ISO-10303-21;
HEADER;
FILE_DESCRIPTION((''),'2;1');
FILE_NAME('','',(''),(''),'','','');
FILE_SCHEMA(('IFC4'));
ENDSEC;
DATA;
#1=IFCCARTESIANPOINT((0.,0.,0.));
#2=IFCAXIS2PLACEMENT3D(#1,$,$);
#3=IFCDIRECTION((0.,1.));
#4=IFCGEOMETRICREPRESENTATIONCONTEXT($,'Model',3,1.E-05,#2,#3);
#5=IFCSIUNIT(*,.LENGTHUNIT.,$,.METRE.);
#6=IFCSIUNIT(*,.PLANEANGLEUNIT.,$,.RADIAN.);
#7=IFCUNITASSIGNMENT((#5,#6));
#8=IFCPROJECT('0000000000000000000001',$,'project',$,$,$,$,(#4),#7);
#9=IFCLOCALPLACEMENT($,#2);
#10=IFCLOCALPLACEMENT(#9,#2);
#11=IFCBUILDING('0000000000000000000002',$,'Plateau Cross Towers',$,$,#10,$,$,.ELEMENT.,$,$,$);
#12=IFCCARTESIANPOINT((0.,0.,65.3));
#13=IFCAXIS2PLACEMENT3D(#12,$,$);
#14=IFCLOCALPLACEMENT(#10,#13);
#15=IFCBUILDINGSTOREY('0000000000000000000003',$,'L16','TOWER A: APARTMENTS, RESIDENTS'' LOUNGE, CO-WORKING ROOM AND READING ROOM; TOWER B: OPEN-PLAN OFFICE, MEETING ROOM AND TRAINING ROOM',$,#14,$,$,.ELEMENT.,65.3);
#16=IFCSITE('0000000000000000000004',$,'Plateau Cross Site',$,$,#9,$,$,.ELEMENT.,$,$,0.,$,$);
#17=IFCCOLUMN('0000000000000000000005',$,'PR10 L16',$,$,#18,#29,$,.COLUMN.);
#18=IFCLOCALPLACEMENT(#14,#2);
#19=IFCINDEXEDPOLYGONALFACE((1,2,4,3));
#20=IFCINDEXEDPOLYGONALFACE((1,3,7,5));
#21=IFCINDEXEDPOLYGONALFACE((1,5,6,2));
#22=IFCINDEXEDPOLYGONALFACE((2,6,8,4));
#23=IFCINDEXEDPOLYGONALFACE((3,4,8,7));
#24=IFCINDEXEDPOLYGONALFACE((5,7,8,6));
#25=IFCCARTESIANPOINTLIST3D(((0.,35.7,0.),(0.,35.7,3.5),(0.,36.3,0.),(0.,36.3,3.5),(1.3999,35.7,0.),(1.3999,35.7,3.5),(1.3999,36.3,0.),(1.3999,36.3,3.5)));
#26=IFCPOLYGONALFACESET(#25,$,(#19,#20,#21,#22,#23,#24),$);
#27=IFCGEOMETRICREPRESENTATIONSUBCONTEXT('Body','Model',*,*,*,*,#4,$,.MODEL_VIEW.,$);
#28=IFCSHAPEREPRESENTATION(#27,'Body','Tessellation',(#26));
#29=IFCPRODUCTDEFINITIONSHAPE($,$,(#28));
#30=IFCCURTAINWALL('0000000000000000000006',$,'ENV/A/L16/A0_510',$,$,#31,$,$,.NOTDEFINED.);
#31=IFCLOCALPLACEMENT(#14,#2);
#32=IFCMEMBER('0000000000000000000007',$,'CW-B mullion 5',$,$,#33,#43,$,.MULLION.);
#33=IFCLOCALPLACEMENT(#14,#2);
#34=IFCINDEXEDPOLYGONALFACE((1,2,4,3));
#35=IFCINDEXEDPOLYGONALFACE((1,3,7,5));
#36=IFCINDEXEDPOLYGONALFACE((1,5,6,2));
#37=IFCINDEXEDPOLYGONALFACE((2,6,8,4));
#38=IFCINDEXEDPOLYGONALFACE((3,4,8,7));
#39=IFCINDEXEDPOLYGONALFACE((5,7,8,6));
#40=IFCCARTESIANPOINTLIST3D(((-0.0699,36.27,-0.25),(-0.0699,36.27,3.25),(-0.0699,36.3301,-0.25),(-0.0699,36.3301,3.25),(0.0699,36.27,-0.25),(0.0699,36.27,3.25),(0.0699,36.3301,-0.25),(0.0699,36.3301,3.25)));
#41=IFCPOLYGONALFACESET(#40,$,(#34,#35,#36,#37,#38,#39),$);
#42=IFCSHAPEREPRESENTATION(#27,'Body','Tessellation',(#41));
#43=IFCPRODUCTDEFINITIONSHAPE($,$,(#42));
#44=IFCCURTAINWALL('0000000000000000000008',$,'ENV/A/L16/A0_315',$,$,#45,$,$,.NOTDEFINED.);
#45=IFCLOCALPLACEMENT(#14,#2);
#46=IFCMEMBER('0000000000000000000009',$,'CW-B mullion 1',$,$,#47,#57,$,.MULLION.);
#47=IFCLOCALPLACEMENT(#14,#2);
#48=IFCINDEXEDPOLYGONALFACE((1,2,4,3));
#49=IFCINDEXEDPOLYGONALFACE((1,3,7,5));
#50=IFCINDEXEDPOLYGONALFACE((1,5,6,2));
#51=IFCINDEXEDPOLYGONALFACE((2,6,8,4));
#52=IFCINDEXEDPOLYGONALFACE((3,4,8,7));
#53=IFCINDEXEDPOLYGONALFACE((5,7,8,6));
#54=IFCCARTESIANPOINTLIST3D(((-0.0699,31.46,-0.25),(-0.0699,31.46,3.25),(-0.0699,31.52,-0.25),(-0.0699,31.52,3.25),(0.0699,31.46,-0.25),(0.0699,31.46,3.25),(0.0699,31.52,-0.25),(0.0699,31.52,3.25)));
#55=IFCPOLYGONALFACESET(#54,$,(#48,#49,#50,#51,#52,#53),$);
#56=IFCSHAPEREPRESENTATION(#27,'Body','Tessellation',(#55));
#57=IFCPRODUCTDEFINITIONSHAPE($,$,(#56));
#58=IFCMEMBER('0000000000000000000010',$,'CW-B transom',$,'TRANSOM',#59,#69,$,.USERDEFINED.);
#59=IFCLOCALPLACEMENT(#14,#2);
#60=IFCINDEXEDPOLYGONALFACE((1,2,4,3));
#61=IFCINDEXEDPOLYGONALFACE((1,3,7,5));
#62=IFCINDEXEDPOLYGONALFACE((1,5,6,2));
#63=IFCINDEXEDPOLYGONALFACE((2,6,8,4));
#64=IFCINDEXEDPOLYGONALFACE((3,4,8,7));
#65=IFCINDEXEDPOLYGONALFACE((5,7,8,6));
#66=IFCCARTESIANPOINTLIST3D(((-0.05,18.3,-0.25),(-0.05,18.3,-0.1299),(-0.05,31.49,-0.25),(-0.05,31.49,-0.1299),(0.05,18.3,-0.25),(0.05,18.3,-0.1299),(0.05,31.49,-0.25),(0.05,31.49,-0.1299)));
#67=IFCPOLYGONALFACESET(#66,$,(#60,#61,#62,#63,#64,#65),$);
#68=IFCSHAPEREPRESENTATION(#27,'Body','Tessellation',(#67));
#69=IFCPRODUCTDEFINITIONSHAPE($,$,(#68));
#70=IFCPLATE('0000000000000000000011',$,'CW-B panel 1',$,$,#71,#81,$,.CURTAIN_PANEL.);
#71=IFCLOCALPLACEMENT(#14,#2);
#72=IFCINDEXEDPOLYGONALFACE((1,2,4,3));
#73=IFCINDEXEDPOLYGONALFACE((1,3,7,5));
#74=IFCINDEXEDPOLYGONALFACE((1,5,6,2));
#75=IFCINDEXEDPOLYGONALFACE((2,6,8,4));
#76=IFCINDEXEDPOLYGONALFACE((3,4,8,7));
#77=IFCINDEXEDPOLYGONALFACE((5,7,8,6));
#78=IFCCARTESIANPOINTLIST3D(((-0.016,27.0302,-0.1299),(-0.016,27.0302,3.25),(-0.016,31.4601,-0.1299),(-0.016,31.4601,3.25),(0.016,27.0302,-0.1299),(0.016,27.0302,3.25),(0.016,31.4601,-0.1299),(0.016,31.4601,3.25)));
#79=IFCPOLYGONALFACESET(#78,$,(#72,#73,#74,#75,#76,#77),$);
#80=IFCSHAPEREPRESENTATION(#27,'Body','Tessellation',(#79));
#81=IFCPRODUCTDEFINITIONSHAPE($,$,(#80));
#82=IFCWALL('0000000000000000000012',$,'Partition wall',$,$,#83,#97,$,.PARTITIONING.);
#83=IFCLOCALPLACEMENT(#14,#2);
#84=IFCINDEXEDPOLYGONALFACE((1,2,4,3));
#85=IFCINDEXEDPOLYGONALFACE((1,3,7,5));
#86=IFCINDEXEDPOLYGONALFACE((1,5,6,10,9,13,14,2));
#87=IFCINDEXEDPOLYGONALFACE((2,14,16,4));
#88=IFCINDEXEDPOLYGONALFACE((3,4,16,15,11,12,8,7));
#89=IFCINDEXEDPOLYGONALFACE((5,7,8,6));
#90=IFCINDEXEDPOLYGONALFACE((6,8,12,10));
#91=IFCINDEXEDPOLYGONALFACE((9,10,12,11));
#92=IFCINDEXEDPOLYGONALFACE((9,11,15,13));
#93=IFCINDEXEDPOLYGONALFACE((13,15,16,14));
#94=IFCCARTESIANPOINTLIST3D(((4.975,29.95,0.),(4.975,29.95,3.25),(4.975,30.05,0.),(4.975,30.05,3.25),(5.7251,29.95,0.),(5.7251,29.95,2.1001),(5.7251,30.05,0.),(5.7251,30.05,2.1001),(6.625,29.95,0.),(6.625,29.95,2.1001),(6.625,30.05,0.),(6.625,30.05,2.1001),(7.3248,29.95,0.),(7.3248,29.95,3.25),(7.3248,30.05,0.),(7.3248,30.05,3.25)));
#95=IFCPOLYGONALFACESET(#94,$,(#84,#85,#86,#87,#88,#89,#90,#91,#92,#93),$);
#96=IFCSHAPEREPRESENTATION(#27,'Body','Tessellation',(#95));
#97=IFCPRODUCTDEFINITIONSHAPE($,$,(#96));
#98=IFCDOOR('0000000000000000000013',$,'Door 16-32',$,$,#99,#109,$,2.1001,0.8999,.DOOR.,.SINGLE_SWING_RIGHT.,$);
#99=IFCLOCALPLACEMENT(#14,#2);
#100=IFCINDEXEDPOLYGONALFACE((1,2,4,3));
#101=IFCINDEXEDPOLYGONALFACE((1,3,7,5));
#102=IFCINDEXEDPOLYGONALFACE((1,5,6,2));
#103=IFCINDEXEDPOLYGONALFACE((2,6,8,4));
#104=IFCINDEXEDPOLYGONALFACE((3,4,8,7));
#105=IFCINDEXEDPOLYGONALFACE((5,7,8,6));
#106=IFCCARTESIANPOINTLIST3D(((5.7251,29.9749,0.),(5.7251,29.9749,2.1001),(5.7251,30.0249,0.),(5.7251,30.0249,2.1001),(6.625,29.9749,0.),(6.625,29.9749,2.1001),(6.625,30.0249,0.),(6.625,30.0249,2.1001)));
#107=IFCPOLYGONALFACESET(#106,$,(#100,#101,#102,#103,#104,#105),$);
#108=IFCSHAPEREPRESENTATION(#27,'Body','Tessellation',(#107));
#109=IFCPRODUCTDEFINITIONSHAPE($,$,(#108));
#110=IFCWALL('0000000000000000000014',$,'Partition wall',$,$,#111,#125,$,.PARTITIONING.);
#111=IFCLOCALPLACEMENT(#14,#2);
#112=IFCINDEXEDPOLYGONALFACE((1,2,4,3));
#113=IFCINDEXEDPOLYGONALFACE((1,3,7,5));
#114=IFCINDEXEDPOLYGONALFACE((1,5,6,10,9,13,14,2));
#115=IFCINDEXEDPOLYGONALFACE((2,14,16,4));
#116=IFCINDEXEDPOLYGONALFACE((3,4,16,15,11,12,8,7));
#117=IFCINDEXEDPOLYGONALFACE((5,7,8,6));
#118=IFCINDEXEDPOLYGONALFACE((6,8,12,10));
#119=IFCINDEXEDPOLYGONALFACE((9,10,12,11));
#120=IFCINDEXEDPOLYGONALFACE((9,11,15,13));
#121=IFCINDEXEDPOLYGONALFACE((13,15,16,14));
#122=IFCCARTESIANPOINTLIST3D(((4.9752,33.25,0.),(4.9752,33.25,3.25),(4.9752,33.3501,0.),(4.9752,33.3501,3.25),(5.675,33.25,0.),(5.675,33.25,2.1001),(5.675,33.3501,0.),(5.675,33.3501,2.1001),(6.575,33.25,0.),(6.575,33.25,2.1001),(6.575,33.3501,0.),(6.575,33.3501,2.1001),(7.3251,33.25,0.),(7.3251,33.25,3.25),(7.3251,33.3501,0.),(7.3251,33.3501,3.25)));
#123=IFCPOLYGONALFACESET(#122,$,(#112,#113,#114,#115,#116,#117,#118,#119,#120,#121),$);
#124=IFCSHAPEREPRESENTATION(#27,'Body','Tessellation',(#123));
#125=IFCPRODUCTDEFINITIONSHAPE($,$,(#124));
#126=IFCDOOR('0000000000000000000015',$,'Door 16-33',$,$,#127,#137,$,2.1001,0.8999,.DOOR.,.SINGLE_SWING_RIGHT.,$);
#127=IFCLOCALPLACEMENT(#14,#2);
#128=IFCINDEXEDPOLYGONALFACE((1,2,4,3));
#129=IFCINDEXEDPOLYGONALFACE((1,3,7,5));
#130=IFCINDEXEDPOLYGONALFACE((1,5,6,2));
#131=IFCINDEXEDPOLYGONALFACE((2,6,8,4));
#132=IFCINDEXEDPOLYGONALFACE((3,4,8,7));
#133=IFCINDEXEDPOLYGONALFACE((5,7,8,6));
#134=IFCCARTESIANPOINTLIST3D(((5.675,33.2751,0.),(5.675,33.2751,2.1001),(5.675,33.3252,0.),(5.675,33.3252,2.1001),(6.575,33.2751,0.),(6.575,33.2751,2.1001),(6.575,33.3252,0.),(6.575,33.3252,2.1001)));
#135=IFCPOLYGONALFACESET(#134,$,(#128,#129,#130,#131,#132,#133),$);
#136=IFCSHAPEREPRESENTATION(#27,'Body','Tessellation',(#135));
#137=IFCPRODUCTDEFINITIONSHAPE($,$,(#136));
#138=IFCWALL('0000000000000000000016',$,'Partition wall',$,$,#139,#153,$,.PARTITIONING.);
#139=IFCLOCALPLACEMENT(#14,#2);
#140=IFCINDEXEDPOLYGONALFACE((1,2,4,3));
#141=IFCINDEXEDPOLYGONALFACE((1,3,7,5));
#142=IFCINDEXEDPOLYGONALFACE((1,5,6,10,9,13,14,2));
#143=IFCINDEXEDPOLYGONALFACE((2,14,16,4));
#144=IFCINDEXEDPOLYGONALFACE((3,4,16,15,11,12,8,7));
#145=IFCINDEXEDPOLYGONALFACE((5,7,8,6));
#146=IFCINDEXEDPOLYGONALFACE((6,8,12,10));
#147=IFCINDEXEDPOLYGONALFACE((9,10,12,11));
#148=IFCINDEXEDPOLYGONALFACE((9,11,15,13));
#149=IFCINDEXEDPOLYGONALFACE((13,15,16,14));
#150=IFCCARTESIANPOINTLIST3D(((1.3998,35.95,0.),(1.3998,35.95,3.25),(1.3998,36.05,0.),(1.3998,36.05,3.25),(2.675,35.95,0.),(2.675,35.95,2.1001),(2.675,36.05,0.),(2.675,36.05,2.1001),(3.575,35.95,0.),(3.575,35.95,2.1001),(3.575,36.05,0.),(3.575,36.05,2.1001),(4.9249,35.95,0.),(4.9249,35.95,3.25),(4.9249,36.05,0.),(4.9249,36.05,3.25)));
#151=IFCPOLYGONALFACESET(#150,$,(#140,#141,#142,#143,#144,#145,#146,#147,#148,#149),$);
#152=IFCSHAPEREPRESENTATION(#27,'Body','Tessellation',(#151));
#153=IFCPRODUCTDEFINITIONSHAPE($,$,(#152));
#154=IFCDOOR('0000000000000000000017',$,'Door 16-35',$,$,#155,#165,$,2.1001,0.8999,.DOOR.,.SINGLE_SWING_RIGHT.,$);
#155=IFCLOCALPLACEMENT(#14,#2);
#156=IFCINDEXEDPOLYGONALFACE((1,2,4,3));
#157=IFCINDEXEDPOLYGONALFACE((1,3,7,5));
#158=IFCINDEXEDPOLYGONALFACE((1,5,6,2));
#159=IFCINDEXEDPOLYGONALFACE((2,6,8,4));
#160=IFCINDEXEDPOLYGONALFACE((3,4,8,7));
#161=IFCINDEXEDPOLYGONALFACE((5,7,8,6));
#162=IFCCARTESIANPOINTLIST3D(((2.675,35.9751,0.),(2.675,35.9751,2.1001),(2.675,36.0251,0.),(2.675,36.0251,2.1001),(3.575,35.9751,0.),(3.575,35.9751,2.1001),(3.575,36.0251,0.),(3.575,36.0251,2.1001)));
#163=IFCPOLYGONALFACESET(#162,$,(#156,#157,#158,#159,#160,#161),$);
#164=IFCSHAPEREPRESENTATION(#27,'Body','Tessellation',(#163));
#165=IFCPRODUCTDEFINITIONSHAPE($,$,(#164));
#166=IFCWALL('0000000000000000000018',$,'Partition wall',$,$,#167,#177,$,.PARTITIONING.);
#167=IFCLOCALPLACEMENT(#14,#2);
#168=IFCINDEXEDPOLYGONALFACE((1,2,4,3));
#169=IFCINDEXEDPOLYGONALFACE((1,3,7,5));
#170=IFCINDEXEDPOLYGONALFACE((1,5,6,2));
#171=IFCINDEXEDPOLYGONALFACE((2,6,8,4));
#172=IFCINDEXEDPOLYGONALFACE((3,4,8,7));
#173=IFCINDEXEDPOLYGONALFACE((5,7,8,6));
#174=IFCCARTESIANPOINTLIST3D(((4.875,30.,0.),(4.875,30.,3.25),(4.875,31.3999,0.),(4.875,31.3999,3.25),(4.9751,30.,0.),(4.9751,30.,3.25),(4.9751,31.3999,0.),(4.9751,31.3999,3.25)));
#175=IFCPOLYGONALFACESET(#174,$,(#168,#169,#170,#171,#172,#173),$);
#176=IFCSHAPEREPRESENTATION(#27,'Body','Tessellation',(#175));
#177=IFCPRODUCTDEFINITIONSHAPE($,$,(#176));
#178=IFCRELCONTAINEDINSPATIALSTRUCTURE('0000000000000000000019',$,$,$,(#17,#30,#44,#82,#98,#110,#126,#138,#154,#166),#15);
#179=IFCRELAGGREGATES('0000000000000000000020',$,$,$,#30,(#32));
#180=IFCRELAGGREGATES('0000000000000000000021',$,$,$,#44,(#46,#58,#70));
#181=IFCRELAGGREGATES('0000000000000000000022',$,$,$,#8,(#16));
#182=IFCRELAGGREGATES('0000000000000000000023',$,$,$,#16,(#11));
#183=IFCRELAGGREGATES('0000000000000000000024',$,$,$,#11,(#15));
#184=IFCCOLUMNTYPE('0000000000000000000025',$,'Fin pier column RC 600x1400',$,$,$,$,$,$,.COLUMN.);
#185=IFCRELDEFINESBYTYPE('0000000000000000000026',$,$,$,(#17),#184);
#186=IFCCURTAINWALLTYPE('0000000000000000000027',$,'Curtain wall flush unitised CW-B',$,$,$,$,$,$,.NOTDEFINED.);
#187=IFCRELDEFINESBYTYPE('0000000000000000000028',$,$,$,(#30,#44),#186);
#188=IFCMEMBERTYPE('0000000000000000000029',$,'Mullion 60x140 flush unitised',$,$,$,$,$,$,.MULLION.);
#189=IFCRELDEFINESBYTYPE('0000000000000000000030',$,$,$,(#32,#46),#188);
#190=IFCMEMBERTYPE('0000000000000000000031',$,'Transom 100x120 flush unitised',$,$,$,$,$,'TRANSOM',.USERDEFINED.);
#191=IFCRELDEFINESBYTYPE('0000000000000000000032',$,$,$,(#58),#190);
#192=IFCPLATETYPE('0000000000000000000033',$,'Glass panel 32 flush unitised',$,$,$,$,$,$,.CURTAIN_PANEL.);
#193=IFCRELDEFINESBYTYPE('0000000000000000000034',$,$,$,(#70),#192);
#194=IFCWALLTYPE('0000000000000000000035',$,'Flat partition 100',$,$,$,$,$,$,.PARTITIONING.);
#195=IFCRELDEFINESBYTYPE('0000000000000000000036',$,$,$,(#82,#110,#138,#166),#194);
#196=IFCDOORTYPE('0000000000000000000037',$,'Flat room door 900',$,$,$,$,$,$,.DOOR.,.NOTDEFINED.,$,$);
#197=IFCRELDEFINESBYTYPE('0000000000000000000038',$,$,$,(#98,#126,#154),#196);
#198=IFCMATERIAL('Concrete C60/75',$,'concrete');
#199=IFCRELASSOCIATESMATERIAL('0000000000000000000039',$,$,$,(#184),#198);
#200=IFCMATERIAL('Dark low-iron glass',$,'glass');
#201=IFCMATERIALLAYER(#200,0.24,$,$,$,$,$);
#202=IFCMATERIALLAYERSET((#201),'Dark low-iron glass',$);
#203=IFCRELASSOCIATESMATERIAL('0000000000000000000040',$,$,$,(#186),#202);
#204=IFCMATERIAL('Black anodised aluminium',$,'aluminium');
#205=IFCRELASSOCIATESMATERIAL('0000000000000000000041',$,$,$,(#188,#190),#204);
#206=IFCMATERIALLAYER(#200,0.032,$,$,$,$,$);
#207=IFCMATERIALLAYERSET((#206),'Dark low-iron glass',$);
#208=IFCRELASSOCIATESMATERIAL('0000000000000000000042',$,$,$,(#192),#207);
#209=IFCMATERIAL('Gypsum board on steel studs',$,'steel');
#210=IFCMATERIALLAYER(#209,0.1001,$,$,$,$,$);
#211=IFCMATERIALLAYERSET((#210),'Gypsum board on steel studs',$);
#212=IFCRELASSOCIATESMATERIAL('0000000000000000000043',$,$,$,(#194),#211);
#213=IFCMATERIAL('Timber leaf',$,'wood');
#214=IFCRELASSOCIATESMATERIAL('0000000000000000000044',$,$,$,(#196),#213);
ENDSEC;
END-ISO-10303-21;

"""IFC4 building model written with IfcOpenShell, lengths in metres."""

from ifc_helpers import new_model, si_unit, direction, frame, frame_2d, origin, origin_2d, place, context, subcontext, project, spatial, rectangle, extrude, material, layer, layer_set, material_profile, profile_set, type_object, element, fill, aggregate, save


model = new_model("IFC4")

# Units and contexts
model_context = context("Model", 3, precision=1e-05, world=origin(), true_north=direction((0.0, 1.0)))
body_context = subcontext(model_context, "Body", "Model", "MODEL_VIEW")
ifc_project = project(units=[si_unit("LENGTHUNIT", "METRE"), si_unit("PLANEANGLEUNIT", "RADIAN")], contexts=[model_context])

# Site, building, storey
site_placement = place(None, origin())
site = spatial("IfcSite", under=ifc_project, at=site_placement, Name="Plateau Cross Site", CompositionType="ELEMENT", RefElevation=0.0)
building_placement = place(site_placement, origin())
building = spatial("IfcBuilding", under=site, at=building_placement, Name="Plateau Cross Towers", CompositionType="ELEMENT")
storey_placement = place(building_placement, frame((0.0, 0.0, 65.3)))
storey = spatial("IfcBuildingStorey", under=building, at=storey_placement, Name="L16", Description="TOWER A: APARTMENTS, RESIDENTS' LOUNGE, CO-WORKING ROOM AND READING ROOM; TOWER B: OPEN-PLAN OFFICE, MEETING ROOM AND TRAINING ROOM", CompositionType="ELEMENT", Elevation=65.3)

# Column
ifc_material_1 = material(Name="Concrete C60/75", Category="concrete")
ifc_material_profile_1 = material_profile(ifc_material_1, rectangle(XDim=0.6001, YDim=1.3999, at=origin_2d()), Name="RC 600x1400")
ifc_profile_set_1 = profile_set([ifc_material_profile_1], Name="Concrete C60/75")
column_type = type_object("IfcColumnType", Name="Fin pier column RC 600x1400", PredefinedType="COLUMN", material=ifc_profile_set_1)
column_placement = place(storey_placement, frame((0.7, 36.0, 0.0), z_axis=(0.0, 0.0, 1.0), x_axis=(0.0, 1.0, 0.0)))
element("IfcColumn", 1, at=column_placement, inside=storey, type_object=column_type, Name="PR10 L16", PredefinedType="COLUMN", context=body_context, shape_type="SweptSolid", body=[
    extrude(rectangle(XDim=0.6001, YDim=1.3999, at=origin_2d()), origin(), (0.0, 0.0, 1.0), 3.5),
])

# Curtain wall, member
ifc_material_2 = material(Name="Dark low-iron glass", Category="glass")
ifc_layer_1 = layer(ifc_material_2, 0.24)
ifc_layer_set_1 = layer_set([ifc_layer_1], Name="Dark low-iron glass")
curtain_wall_type = type_object("IfcCurtainWallType", Name="Curtain wall flush unitised CW-B", PredefinedType="NOTDEFINED", material=ifc_layer_set_1)
curtain_wall_1_placement = place(storey_placement, origin())
curtain_wall_1 = element("IfcCurtainWall", 2, at=curtain_wall_1_placement, inside=storey, type_object=curtain_wall_type, Name="ENV/A/L16/A0_510", PredefinedType="NOTDEFINED")
ifc_material_3 = material(Name="Black anodised aluminium", Category="aluminium")
ifc_material_profile_2 = material_profile(ifc_material_3, rectangle(XDim=0.0601, YDim=0.1399, at=origin_2d()), Name="MULLION 60x140")
ifc_profile_set_2 = profile_set([ifc_material_profile_2], Name="Black anodised aluminium")
member_type_1 = type_object("IfcMemberType", Name="Mullion 60x140 flush unitised", PredefinedType="MULLION", material=ifc_profile_set_2)
member_1_placement = place(storey_placement, frame((0.0, 36.3, -0.25), z_axis=(0.0, 0.0, 1.0), x_axis=(0.0, -1.0, 0.0)))
member_1 = element("IfcMember", 3, at=member_1_placement, type_object=member_type_1, Name="CW-B mullion 5", PredefinedType="MULLION", context=body_context, shape_type="SweptSolid", body=[
    extrude(rectangle(XDim=0.0601, YDim=0.1399, at=origin_2d()), origin(), (0.0, 0.0, 1.0), 3.5),
])
aggregate(curtain_wall_1, [member_1])

# Curtain wall, members, plate
curtain_wall_2_placement = place(storey_placement, origin())
curtain_wall_2 = element("IfcCurtainWall", 4, at=curtain_wall_2_placement, inside=storey, type_object=curtain_wall_type, Name="ENV/A/L16/A0_315", PredefinedType="NOTDEFINED")
member_2_placement = place(storey_placement, frame((0.0, 31.49, -0.25), z_axis=(0.0, 0.0, 1.0), x_axis=(0.0, -1.0, 0.0)))
member_2 = element("IfcMember", 5, at=member_2_placement, type_object=member_type_1, Name="CW-B mullion 1", PredefinedType="MULLION", context=body_context, shape_type="SweptSolid", body=[
    extrude(rectangle(XDim=0.0601, YDim=0.1399, at=origin_2d()), origin(), (0.0, 0.0, 1.0), 3.5),
])
ifc_material_profile_3 = material_profile(ifc_material_3, rectangle(XDim=0.1001, YDim=0.1201, at=origin_2d()), Name="TRANSOM 100x120")
ifc_profile_set_3 = profile_set([ifc_material_profile_3], Name="Black anodised aluminium")
member_type_2 = type_object("IfcMemberType", Name="Transom 100x120 flush unitised", ElementType="TRANSOM", PredefinedType="USERDEFINED", material=ifc_profile_set_3)
member_3_placement = place(storey_placement, frame((0.0, 31.49, -0.1899), z_axis=(0.0, -1.0, 0.0), x_axis=(1.0, 0.0, 0.0)))
member_3 = element("IfcMember", 6, at=member_3_placement, type_object=member_type_2, Name="CW-B transom", ObjectType="TRANSOM", PredefinedType="USERDEFINED", context=body_context, shape_type="SweptSolid", body=[
    extrude(rectangle(XDim=0.1001, YDim=0.1201, at=origin_2d()), origin(), (0.0, 0.0, 1.0), 13.1899),
])
ifc_layer_2 = layer(ifc_material_2, 0.032)
ifc_layer_set_2 = layer_set([ifc_layer_2], Name="Dark low-iron glass")
plate_type = type_object("IfcPlateType", Name="Glass panel 32 flush unitised", PredefinedType="CURTAIN_PANEL", material=ifc_layer_set_2)
plate_placement = place(storey_placement, frame((0.0, 29.2451, -0.1299), z_axis=(0.0, 0.0, 1.0), x_axis=(0.0, -1.0, 0.0)))
plate = element("IfcPlate", 7, at=plate_placement, type_object=plate_type, Name="CW-B panel 1", PredefinedType="CURTAIN_PANEL", context=body_context, shape_type="SweptSolid", body=[
    extrude(rectangle(XDim=4.4299, YDim=0.032, at=origin_2d()), origin(), (0.0, 0.0, 1.0), 3.3799),
])
aggregate(curtain_wall_2, [member_2, member_3, plate])

# Walls, openings, doors
ifc_material_4 = material(Name="Gypsum board on steel studs", Category="steel")
ifc_layer_3 = layer(ifc_material_4, 0.1001)
ifc_layer_set_3 = layer_set([ifc_layer_3], Name="Gypsum board on steel studs")
wall_type_1 = type_object("IfcWallType", Name="Flat partition 100", PredefinedType="PARTITIONING", material=ifc_layer_set_3)
wall_1_placement = place(storey_placement, frame((4.9751, 30.0, 0.0), z_axis=(0.0, 0.0, 1.0), x_axis=(1.0, 0.0, 0.0)))
wall_1 = element("IfcWall", 8, at=wall_1_placement, inside=storey, type_object=wall_type_1, Name="Partition wall", PredefinedType="PARTITIONING", context=body_context, shape_type="SweptSolid", body=[
    extrude(rectangle(XDim=2.3499, YDim=0.1001, at=frame_2d((1.1748, 0.0))), origin(), (0.0, 0.0, 1.0), 3.25),
])
opening_1_placement = place(wall_1_placement, frame((0.75, 0.0, 0.0)))
opening_1 = element("IfcOpeningElement", 9, at=opening_1_placement, cuts=wall_1, PredefinedType="OPENING", context=body_context, shape_type="SweptSolid", body=[
    extrude(rectangle(XDim=0.8999, YDim=2.1001, at=frame_2d((0.45, 1.05))), frame((0.0, 0.0601, 0.0), z_axis=(0.0, -1.0, 0.0), x_axis=(1.0, 0.0, 0.0)), (0.0, 0.0, 1.0), 0.1201),
])
ifc_material_5 = material(Name="Timber leaf", Category="wood")
door_type_1 = type_object("IfcDoorType", Name="Flat room door 900", OperationType="NOTDEFINED", PredefinedType="DOOR", material=ifc_material_5)
door_1_placement = place(opening_1_placement, origin())
door_1 = element("IfcDoor", 10, at=door_1_placement, inside=storey, type_object=door_type_1, Name="Door 16-32", OperationType="SINGLE_SWING_RIGHT", OverallHeight=2.1001, OverallWidth=0.8999, PredefinedType="DOOR", context=body_context, shape_type="SweptSolid", body=[
    extrude(rectangle(XDim=0.8999, YDim=2.1001, at=frame_2d((0.45, 1.05))), frame((0.0, 0.0249, 0.0), z_axis=(0.0, -1.0, 0.0), x_axis=(1.0, 0.0, 0.0)), (0.0, 0.0, 1.0), 0.05),
])
fill(opening_1, door_1)
wall_2_placement = place(storey_placement, frame((7.325, 33.3, 0.0), z_axis=(0.0, 0.0, 1.0), x_axis=(-1.0, 0.0, 0.0)))
wall_2 = element("IfcWall", 11, at=wall_2_placement, inside=storey, type_object=wall_type_1, Name="Partition wall", PredefinedType="PARTITIONING", context=body_context, shape_type="SweptSolid", body=[
    extrude(rectangle(XDim=2.3499, YDim=0.1001, at=frame_2d((1.1748, 0.0))), origin(), (0.0, 0.0, 1.0), 3.25),
])
opening_2_placement = place(wall_2_placement, frame((0.75, 0.0, 0.0)))
opening_2 = element("IfcOpeningElement", 12, at=opening_2_placement, cuts=wall_2, PredefinedType="OPENING", context=body_context, shape_type="SweptSolid", body=[
    extrude(rectangle(XDim=0.8999, YDim=2.1001, at=frame_2d((0.45, 1.05))), frame((0.0, 0.0601, 0.0), z_axis=(0.0, -1.0, 0.0), x_axis=(1.0, 0.0, 0.0)), (0.0, 0.0, 1.0), 0.1201),
])
door_2_placement = place(opening_2_placement, origin())
door_2 = element("IfcDoor", 13, at=door_2_placement, inside=storey, type_object=door_type_1, Name="Door 16-33", OperationType="SINGLE_SWING_RIGHT", OverallHeight=2.1001, OverallWidth=0.8999, PredefinedType="DOOR", context=body_context, shape_type="SweptSolid", body=[
    extrude(rectangle(XDim=0.8999, YDim=2.1001, at=frame_2d((0.45, 1.05))), frame((0.0, 0.0249, 0.0), z_axis=(0.0, -1.0, 0.0), x_axis=(1.0, 0.0, 0.0)), (0.0, 0.0, 1.0), 0.05),
])
fill(opening_2, door_2)
wall_3_placement = place(storey_placement, frame((4.925, 36.0, 0.0), z_axis=(0.0, 0.0, 1.0), x_axis=(-1.0, 0.0, 0.0)))
wall_3 = element("IfcWall", 14, at=wall_3_placement, inside=storey, type_object=wall_type_1, Name="Partition wall", PredefinedType="PARTITIONING", context=body_context, shape_type="SweptSolid", body=[
    extrude(rectangle(XDim=3.5251, YDim=0.1001, at=frame_2d((1.7627, 0.0))), origin(), (0.0, 0.0, 1.0), 3.25),
])
opening_3_placement = place(wall_3_placement, frame((1.3501, 0.0, 0.0)))
opening_3 = element("IfcOpeningElement", 15, at=opening_3_placement, cuts=wall_3, PredefinedType="OPENING", context=body_context, shape_type="SweptSolid", body=[
    extrude(rectangle(XDim=0.8999, YDim=2.1001, at=frame_2d((0.45, 1.05))), frame((0.0, 0.0601, 0.0), z_axis=(0.0, -1.0, 0.0), x_axis=(1.0, 0.0, 0.0)), (0.0, 0.0, 1.0), 0.1201),
])
door_3_placement = place(opening_3_placement, origin())
door_3 = element("IfcDoor", 16, at=door_3_placement, inside=storey, type_object=door_type_1, Name="Door 16-35", OperationType="SINGLE_SWING_RIGHT", OverallHeight=2.1001, OverallWidth=0.8999, PredefinedType="DOOR", context=body_context, shape_type="SweptSolid", body=[
    extrude(rectangle(XDim=0.8999, YDim=2.1001, at=frame_2d((0.45, 1.05))), frame((0.0, 0.0249, 0.0), z_axis=(0.0, -1.0, 0.0), x_axis=(1.0, 0.0, 0.0)), (0.0, 0.0, 1.0), 0.05),
])
fill(opening_3, door_3)

# Wall
wall_4_placement = place(storey_placement, frame((4.925, 31.3999, 0.0), z_axis=(0.0, 0.0, 1.0), x_axis=(0.0, -1.0, 0.0)))
element("IfcWall", 17, at=wall_4_placement, inside=storey, type_object=wall_type_1, Name="Partition wall", PredefinedType="PARTITIONING", context=body_context, shape_type="SweptSolid", body=[
    extrude(rectangle(XDim=1.3999, YDim=0.1001, at=frame_2d((0.7, 0.0))), origin(), (0.0, 0.0, 1.0), 3.25),
])

save(model, "model.ifc")
